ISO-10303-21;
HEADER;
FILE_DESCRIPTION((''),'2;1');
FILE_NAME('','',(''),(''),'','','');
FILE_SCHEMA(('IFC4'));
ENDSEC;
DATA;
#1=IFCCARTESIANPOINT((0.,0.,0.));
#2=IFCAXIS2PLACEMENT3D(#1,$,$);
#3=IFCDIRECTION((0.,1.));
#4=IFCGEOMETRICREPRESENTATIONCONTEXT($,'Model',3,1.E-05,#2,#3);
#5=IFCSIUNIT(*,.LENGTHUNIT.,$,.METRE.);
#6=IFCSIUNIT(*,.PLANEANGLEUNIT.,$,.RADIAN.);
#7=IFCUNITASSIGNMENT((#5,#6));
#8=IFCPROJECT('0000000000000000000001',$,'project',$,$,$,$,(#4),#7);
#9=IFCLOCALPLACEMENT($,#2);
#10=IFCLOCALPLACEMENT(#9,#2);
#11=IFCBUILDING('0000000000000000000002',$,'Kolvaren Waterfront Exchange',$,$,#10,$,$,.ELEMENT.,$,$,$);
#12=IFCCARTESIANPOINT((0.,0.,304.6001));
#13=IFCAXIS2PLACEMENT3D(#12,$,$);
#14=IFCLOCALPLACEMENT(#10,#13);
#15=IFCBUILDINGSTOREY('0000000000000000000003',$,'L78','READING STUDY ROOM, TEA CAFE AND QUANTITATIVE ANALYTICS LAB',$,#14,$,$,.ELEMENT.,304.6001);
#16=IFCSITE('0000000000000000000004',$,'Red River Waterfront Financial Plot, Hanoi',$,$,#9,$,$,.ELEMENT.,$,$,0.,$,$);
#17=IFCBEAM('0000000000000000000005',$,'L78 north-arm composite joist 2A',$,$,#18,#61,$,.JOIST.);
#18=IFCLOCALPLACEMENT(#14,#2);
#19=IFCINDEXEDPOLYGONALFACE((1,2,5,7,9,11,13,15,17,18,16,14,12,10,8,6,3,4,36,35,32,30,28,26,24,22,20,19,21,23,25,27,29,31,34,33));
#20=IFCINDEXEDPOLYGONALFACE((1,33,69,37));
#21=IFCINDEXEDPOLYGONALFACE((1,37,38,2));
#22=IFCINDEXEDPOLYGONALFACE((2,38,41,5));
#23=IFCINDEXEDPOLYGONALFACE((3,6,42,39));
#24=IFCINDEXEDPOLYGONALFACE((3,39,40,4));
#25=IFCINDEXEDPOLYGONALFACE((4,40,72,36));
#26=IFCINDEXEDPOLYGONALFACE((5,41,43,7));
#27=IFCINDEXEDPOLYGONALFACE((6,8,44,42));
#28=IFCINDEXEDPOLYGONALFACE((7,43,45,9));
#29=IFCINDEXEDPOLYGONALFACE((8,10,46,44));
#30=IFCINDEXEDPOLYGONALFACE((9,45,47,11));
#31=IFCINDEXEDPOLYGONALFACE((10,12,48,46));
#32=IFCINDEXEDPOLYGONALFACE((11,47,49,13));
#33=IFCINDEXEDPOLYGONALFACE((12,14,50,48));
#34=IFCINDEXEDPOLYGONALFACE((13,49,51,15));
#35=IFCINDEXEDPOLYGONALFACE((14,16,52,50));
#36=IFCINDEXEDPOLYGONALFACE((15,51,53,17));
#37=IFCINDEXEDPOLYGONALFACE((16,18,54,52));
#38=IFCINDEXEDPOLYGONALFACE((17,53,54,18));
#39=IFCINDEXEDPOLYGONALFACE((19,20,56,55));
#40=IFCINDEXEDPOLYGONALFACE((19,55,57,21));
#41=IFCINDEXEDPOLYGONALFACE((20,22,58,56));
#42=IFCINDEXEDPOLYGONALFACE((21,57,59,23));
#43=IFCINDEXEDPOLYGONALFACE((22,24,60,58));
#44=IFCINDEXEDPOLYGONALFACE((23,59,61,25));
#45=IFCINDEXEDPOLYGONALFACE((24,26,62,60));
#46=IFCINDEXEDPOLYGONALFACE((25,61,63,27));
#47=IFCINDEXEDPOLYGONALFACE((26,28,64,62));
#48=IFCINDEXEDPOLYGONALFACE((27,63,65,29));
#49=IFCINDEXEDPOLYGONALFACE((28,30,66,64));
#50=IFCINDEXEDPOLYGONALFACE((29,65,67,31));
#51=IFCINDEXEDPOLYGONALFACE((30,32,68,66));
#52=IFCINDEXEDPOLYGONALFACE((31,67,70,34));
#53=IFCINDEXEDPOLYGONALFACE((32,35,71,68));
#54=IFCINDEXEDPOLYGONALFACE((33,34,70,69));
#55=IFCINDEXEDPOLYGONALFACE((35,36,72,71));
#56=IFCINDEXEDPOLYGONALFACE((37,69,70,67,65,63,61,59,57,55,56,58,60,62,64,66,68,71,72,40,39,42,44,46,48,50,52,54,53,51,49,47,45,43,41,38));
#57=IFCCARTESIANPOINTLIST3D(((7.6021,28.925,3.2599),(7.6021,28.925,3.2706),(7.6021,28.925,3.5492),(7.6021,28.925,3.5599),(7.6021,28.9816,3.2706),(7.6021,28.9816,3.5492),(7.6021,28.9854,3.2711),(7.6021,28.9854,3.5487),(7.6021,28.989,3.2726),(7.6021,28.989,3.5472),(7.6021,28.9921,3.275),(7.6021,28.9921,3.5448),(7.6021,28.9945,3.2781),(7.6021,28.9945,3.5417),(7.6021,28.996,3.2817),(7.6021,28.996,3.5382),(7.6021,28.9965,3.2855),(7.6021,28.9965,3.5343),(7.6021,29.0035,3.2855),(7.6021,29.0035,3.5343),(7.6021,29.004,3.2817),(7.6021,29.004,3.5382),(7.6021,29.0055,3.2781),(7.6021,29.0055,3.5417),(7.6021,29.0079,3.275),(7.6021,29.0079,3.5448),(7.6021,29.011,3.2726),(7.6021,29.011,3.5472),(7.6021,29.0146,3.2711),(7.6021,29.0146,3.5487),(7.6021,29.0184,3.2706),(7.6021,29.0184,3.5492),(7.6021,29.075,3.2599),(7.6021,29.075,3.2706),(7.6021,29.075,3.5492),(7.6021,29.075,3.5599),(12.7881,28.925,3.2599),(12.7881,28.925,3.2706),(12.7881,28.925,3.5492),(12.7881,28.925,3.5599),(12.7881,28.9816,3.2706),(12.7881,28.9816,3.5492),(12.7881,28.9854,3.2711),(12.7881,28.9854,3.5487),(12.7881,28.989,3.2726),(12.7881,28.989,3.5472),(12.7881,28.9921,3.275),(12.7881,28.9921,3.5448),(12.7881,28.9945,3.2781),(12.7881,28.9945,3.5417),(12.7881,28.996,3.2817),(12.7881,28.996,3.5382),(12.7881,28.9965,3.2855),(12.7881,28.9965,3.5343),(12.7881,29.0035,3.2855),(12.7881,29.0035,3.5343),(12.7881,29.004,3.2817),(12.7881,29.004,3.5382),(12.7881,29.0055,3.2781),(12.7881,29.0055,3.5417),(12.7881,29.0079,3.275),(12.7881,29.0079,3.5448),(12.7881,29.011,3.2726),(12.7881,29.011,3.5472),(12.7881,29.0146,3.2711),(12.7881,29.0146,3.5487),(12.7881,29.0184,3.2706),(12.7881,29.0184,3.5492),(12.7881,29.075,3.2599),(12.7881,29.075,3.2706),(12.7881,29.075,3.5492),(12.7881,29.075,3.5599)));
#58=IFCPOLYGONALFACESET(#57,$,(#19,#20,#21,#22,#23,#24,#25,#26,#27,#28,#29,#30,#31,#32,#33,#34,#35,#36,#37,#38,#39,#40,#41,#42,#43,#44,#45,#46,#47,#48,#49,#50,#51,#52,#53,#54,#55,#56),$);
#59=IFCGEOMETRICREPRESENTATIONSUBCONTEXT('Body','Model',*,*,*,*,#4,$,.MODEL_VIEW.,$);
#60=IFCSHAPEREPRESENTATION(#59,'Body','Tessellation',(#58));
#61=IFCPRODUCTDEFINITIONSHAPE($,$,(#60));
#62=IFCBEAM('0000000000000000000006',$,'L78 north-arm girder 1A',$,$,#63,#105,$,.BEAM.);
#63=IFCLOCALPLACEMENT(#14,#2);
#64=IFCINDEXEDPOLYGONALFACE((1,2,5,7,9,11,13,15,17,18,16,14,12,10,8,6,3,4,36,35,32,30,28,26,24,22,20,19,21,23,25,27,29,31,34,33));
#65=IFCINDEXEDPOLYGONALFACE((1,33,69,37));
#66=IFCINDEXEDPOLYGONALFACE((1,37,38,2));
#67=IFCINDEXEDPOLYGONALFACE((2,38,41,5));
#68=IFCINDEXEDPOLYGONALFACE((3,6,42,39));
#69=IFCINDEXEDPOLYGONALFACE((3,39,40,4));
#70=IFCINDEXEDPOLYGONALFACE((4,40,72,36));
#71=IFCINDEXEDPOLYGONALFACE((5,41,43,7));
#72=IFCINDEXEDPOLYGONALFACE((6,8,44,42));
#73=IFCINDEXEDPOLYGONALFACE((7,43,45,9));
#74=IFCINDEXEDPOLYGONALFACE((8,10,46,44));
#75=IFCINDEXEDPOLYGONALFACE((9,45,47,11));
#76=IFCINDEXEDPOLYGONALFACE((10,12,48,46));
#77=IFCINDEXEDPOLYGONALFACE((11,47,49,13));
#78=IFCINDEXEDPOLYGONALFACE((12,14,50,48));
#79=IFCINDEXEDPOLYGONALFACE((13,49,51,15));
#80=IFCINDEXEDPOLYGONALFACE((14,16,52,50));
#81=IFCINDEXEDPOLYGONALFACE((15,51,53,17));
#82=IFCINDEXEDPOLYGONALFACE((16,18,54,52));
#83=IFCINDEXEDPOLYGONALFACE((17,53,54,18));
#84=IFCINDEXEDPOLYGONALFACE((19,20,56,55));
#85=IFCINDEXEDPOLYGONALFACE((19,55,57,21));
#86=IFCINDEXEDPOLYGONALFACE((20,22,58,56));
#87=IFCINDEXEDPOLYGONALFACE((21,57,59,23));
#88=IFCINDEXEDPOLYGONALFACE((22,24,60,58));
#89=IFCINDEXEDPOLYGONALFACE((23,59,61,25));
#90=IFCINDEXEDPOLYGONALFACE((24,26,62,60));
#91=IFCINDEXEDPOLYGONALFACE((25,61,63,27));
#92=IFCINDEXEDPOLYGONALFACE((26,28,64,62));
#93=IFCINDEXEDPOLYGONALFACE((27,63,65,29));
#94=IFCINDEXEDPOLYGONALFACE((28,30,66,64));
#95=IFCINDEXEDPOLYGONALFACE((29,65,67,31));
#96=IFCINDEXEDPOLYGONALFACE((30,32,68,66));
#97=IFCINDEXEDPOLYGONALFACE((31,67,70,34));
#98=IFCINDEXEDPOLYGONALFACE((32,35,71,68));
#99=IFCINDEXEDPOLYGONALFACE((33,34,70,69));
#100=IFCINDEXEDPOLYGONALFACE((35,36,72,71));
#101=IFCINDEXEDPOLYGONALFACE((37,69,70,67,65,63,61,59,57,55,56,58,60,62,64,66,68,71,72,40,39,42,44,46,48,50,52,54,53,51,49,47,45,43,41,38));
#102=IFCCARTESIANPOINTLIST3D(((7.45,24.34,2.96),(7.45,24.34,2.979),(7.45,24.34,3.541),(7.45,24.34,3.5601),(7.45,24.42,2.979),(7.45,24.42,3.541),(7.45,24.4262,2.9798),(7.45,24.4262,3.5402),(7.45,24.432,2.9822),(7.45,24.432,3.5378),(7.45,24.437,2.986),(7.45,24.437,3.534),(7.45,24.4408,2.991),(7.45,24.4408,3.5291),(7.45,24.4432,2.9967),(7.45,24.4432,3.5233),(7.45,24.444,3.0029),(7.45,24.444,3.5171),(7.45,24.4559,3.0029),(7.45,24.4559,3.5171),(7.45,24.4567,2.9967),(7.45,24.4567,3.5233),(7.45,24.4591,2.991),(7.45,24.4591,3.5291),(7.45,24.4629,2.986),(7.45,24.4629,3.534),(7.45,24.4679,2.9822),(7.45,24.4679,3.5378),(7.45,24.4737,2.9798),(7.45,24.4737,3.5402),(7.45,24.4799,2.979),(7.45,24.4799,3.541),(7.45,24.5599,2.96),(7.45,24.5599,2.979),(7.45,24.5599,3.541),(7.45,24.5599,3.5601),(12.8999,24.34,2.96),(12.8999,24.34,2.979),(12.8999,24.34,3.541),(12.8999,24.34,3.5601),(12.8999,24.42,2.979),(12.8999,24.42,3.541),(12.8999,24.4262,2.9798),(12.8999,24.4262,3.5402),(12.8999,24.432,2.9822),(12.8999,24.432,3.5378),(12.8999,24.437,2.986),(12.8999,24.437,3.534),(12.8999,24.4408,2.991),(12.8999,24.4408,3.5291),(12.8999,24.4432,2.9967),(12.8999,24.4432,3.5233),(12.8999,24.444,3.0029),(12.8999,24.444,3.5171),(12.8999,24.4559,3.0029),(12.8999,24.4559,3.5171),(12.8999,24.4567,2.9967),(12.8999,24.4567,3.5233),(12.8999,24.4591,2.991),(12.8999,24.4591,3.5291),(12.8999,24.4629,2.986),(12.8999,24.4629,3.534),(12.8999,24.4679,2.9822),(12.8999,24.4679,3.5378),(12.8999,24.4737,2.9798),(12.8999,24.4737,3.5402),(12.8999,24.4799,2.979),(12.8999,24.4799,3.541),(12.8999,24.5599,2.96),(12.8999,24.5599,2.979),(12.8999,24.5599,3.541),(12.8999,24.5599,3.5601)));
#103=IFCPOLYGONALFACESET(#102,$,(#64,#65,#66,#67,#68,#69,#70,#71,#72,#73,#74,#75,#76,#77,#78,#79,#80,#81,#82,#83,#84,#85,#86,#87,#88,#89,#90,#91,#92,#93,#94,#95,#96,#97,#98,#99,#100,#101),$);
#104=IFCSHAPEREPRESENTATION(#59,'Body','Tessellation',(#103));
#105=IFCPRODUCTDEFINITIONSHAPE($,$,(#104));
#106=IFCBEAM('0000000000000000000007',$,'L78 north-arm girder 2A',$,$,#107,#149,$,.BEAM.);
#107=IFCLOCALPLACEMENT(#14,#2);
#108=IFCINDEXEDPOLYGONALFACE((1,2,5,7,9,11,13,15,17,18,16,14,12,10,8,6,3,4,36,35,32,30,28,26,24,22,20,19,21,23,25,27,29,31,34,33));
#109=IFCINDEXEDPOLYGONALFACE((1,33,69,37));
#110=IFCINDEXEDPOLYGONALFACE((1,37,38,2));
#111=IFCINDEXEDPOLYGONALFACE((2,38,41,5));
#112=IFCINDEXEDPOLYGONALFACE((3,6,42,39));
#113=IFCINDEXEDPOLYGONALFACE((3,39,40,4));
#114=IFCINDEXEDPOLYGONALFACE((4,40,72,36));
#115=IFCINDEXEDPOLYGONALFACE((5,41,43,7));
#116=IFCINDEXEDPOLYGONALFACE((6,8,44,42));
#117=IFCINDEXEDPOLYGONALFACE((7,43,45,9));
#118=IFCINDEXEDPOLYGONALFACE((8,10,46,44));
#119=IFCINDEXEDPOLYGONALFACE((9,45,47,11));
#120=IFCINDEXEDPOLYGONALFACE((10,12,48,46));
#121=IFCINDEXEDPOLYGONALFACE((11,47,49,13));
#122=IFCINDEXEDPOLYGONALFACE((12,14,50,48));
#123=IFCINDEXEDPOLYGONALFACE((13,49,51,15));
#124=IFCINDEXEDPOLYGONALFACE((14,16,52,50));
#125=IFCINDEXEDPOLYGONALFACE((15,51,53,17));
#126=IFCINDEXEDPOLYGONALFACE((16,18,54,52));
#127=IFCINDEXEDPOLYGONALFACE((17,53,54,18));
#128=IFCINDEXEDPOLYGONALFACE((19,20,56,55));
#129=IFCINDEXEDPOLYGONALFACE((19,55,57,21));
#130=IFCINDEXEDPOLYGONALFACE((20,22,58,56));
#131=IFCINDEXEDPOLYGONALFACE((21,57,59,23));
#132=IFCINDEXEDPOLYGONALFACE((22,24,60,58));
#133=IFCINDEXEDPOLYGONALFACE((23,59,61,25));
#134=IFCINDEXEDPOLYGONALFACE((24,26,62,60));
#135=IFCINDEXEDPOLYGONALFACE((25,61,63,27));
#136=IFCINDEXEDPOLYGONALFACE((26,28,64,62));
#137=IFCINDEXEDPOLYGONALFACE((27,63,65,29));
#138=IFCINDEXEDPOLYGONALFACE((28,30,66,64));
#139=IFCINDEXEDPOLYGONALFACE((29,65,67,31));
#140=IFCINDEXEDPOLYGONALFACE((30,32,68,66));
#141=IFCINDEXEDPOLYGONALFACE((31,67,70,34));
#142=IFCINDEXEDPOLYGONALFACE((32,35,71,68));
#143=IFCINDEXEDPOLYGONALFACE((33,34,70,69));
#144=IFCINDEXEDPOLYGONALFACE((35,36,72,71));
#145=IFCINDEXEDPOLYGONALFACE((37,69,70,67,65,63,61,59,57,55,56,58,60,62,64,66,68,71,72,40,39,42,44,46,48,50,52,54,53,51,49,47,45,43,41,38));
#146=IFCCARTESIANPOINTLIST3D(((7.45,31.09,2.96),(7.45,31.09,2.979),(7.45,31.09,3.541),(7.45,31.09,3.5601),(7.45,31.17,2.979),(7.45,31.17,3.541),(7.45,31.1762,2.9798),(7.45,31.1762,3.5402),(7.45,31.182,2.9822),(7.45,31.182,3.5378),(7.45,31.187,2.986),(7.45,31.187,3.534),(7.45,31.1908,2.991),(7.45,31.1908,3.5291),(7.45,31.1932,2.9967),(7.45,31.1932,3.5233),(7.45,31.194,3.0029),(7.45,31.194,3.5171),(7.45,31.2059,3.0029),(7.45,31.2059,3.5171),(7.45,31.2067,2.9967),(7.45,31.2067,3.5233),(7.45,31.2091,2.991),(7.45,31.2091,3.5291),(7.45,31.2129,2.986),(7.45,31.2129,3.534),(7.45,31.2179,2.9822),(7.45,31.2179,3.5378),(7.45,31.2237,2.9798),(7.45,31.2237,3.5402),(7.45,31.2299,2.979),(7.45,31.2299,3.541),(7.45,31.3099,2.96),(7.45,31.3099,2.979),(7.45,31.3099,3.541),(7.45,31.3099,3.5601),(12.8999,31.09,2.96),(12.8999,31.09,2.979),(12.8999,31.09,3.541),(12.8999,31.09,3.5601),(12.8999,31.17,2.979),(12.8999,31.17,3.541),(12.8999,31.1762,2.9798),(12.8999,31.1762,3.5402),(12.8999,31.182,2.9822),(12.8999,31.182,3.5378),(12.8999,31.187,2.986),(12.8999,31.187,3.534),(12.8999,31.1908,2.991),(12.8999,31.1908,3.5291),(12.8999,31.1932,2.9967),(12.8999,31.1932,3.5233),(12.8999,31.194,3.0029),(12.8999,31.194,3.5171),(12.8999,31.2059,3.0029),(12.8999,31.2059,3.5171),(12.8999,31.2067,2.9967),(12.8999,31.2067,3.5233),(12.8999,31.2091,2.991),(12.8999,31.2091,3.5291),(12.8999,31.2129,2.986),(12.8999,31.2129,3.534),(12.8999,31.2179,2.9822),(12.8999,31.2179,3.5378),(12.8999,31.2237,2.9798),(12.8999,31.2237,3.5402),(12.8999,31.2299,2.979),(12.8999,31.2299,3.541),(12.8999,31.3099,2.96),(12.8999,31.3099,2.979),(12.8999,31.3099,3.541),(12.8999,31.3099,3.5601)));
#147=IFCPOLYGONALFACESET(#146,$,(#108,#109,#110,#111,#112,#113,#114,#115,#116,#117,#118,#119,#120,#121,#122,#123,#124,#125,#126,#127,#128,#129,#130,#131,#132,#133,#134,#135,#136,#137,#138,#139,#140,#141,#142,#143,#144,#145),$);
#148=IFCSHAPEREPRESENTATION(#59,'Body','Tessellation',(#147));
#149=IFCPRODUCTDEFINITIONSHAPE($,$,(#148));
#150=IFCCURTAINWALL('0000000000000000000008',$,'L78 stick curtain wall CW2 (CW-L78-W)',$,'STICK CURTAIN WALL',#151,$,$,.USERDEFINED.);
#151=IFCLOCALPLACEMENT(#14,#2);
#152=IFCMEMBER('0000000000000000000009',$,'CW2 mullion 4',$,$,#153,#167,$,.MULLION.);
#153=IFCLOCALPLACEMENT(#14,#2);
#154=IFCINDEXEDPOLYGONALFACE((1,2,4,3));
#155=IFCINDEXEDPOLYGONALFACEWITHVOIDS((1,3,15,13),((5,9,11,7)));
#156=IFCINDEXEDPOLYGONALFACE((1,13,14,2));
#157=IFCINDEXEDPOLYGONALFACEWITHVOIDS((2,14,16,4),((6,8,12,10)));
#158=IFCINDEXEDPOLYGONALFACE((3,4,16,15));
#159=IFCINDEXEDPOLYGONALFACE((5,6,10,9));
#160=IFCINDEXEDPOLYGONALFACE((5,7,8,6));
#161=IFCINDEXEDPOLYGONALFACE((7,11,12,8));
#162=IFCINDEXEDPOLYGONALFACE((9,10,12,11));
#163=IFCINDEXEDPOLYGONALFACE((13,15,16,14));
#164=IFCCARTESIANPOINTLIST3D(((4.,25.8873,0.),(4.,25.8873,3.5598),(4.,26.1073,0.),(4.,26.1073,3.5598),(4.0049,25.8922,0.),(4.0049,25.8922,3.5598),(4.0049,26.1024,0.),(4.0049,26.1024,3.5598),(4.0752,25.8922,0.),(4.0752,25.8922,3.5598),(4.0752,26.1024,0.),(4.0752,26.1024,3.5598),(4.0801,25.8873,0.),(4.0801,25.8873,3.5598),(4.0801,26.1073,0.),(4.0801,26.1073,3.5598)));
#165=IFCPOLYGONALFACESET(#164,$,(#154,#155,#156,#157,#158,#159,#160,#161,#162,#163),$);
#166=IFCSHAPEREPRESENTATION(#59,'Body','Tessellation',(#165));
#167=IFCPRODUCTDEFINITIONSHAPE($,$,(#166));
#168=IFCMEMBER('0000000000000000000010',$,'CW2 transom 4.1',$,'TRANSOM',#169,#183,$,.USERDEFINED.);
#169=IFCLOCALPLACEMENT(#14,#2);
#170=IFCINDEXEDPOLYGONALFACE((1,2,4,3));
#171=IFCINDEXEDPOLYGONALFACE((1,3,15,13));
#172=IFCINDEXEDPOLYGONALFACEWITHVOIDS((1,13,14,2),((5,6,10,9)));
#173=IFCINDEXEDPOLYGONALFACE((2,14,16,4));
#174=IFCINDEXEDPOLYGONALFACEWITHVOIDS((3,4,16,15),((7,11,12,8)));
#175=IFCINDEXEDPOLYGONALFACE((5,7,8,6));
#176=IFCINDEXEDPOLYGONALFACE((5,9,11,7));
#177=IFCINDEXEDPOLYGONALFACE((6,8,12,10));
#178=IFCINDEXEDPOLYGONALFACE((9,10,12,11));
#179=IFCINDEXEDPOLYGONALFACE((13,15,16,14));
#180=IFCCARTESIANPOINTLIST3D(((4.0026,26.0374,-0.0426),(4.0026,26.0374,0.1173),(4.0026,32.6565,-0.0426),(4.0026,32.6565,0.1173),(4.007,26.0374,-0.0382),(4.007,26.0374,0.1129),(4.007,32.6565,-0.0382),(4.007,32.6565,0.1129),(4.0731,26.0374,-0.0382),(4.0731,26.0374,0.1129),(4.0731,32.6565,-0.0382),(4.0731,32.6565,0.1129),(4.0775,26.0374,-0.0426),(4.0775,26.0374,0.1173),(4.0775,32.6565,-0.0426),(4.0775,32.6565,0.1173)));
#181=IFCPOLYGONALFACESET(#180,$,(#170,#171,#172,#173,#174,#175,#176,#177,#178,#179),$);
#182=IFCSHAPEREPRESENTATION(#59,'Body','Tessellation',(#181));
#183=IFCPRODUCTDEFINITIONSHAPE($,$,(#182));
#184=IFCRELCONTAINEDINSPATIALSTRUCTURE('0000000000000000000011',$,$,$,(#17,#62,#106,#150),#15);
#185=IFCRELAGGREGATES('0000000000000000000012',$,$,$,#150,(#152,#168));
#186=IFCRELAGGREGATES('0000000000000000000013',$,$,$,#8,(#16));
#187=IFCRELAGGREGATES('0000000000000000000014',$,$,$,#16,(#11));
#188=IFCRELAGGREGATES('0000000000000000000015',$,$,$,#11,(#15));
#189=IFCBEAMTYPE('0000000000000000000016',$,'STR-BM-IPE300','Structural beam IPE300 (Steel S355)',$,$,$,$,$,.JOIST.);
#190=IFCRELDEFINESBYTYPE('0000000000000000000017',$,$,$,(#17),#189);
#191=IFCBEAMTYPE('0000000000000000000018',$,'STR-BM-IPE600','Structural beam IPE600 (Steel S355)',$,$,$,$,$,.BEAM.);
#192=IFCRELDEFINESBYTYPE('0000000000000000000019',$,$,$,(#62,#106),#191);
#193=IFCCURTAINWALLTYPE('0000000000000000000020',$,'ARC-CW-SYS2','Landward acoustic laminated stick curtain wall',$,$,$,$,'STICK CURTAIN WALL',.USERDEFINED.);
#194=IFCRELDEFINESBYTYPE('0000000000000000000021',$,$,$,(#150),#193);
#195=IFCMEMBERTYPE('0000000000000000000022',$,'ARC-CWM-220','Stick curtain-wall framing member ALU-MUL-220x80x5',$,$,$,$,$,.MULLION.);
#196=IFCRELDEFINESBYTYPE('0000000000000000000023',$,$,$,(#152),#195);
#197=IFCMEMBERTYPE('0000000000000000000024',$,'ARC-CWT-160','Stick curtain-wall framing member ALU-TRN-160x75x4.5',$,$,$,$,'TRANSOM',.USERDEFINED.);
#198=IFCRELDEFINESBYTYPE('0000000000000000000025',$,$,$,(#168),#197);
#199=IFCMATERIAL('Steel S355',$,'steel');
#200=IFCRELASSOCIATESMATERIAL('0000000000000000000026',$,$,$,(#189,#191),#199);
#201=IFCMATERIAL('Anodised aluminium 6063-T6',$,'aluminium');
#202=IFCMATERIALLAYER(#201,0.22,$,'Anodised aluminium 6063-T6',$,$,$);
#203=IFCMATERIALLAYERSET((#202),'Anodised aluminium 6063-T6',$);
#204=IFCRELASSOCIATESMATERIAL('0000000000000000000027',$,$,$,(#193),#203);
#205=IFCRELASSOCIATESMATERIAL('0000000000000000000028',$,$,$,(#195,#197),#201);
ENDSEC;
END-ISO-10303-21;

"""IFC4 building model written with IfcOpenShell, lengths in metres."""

from ifc_helpers import new_model, si_unit, direction, frame, origin, origin_with_axes, origin_2d, place, context, subcontext, project, spatial, hollow_rectangle, i_section, extrude, source, transform, mapped, material, layer, layer_set, material_profile, profile_set, type_object, element, aggregate, save


model = new_model("IFC4")

# Units and contexts
model_context = context("Model", 3, precision=1e-05, world=origin(), true_north=direction((0.0, 1.0)))
body_context = subcontext(model_context, "Body", "Model", "MODEL_VIEW")
ifc_project = project(units=[si_unit("LENGTHUNIT", "METRE"), si_unit("PLANEANGLEUNIT", "RADIAN")], contexts=[model_context])

# Site, building, storey
site_placement = place(None, origin())
site = spatial("IfcSite", under=ifc_project, at=site_placement, Name="Red River Waterfront Financial Plot, Hanoi", CompositionType="ELEMENT", RefElevation=0.0)
building_placement = place(site_placement, origin())
building = spatial("IfcBuilding", under=site, at=building_placement, Name="Kolvaren Waterfront Exchange", CompositionType="ELEMENT")
storey_placement = place(building_placement, frame((0.0, 0.0, 304.6001)))
storey = spatial("IfcBuildingStorey", under=building, at=storey_placement, Name="L78", Description="READING STUDY ROOM, TEA CAFE AND QUANTITATIVE ANALYTICS LAB", CompositionType="ELEMENT", Elevation=304.6001)

# Beams
ifc_material_1 = material(Name="Steel S355", Category="steel")
ifc_material_profile_1 = material_profile(ifc_material_1, i_section(OverallWidth=0.1499, OverallDepth=0.3, WebThickness=0.0071, FlangeThickness=0.0107, FilletRadius=0.0149, at=origin_2d()), Name="IPE300")
ifc_profile_set_1 = profile_set([ifc_material_profile_1], Name="Steel S355")
beam_type_1 = type_object("IfcBeamType", Name="STR-BM-IPE300", Description="Structural beam IPE300 (Steel S355)", PredefinedType="JOIST", material=ifc_profile_set_1)
for number, where, z_axis, x_axis, name in (
    (1, (7.6021, 29.0, 3.4099), (1.0, 0.0, 0.0), (0.0, 1.0, 0.0), "L78 north-arm composite joist 2A"),
):
    element("IfcBeam", number, at=place(storey_placement, frame(where, z_axis=z_axis, x_axis=x_axis)), inside=storey, type_object=beam_type_1, Name=name, PredefinedType="JOIST", context=body_context, shape_type="SweptSolid", body=[
        extrude(i_section(OverallWidth=0.1499, OverallDepth=0.3, WebThickness=0.0071, FlangeThickness=0.0107, FilletRadius=0.0149, at=origin_2d()), origin(), (0.0, 0.0, 1.0), 5.186),
    ])
ifc_material_profile_2 = material_profile(ifc_material_1, i_section(OverallWidth=0.22, OverallDepth=0.6001, WebThickness=0.012, FlangeThickness=0.019, FilletRadius=0.0239, at=origin_2d()), Name="IPE600")
ifc_profile_set_2 = profile_set([ifc_material_profile_2], Name="Steel S355")
beam_type_2 = type_object("IfcBeamType", Name="STR-BM-IPE600", Description="Structural beam IPE600 (Steel S355)", PredefinedType="BEAM", material=ifc_profile_set_2)
for number, where, z_axis, x_axis, name in (
    (2, (7.45, 24.45, 3.26), (1.0, 0.0, 0.0), (0.0, 1.0, 0.0), "L78 north-arm girder 1A"),
    (3, (7.45, 31.2, 3.26), (1.0, 0.0, 0.0), (0.0, 1.0, 0.0), "L78 north-arm girder 2A"),
):
    element("IfcBeam", number, at=place(storey_placement, frame(where, z_axis=z_axis, x_axis=x_axis)), inside=storey, type_object=beam_type_2, Name=name, PredefinedType="BEAM", context=body_context, shape_type="SweptSolid", body=[
        extrude(i_section(OverallWidth=0.22, OverallDepth=0.6001, WebThickness=0.012, FlangeThickness=0.019, FilletRadius=0.0239, at=origin_2d()), origin(), (0.0, 0.0, 1.0), 5.45),
    ])

# Curtain wall, members
ifc_material_2 = material(Name="Anodised aluminium 6063-T6", Category="aluminium")
ifc_layer_1 = layer(ifc_material_2, 0.22, Name="Anodised aluminium 6063-T6")
ifc_layer_set_1 = layer_set([ifc_layer_1], Name="Anodised aluminium 6063-T6")
curtain_wall_type = type_object("IfcCurtainWallType", Name="ARC-CW-SYS2", Description="Landward acoustic laminated stick curtain wall", ElementType="STICK CURTAIN WALL", PredefinedType="USERDEFINED", material=ifc_layer_set_1)
curtain_wall_placement = place(storey_placement, origin())
curtain_wall = element("IfcCurtainWall", 4, at=curtain_wall_placement, inside=storey, type_object=curtain_wall_type, Name="L78 stick curtain wall CW2 (CW-L78-W)", ObjectType="STICK CURTAIN WALL", PredefinedType="USERDEFINED")
ifc_material_profile_3 = material_profile(ifc_material_2, hollow_rectangle(XDim=0.0801, YDim=0.22, WallThickness=0.0049, at=origin_2d()), Name="ALU-MUL-220x80x5")
ifc_profile_set_3 = profile_set([ifc_material_profile_3], Name="Anodised aluminium 6063-T6")
member_type_1 = type_object("IfcMemberType", Name="ARC-CWM-220", Description="Stick curtain-wall framing member ALU-MUL-220x80x5", PredefinedType="MULLION", material=ifc_profile_set_3)
shared_shape_1 = source(origin_with_axes(), body_context, "Body", "SweptSolid", [
    extrude(hollow_rectangle(XDim=0.0801, YDim=0.22, WallThickness=0.0049, at=origin_2d()), origin(), (0.0, 0.0, 1.0), 3.5598),
])
member_1_placement = place(storey_placement, frame((4.04, 25.9973, 0.0), z_axis=(0.0, 0.0, 1.0), x_axis=(-1.0, 0.0, 0.0)))
member_1 = element("IfcMember", 5, at=member_1_placement, type_object=member_type_1, Name="CW2 mullion 4", PredefinedType="MULLION", context=body_context, shape_type="MappedRepresentation", body=[
    mapped(shared_shape_1, transform((0.0, 0.0, 0.0), x_axis=(1.0, 0.0, 0.0), y_axis=(0.0, 1.0, 0.0), z_axis=(0.0, 0.0, 1.0), scale=1.0)),
])
ifc_material_profile_4 = material_profile(ifc_material_2, hollow_rectangle(XDim=0.075, YDim=0.1599, WallThickness=0.0044, at=origin_2d()), Name="ALU-TRN-160x75x4.5")
ifc_profile_set_4 = profile_set([ifc_material_profile_4], Name="Anodised aluminium 6063-T6")
member_type_2 = type_object("IfcMemberType", Name="ARC-CWT-160", Description="Stick curtain-wall framing member ALU-TRN-160x75x4.5", ElementType="TRANSOM", PredefinedType="USERDEFINED", material=ifc_profile_set_4)
shared_shape_2 = source(origin_with_axes(), body_context, "Body", "SweptSolid", [
    extrude(hollow_rectangle(XDim=0.075, YDim=0.1599, WallThickness=0.0044, at=origin_2d()), origin(), (0.0, 0.0, 1.0), 6.6191),
])
member_2_placement = place(storey_placement, frame((4.04, 26.0374, 0.0374), z_axis=(0.0, 1.0, 0.0), x_axis=(-1.0, 0.0, 0.0)))
member_2 = element("IfcMember", 6, at=member_2_placement, type_object=member_type_2, Name="CW2 transom 4.1", ObjectType="TRANSOM", PredefinedType="USERDEFINED", context=body_context, shape_type="MappedRepresentation", body=[
    mapped(shared_shape_2, transform((0.0, 0.0, 0.0), x_axis=(1.0, 0.0, 0.0), y_axis=(0.0, 1.0, 0.0), z_axis=(0.0, 0.0, 1.0), scale=1.0)),
])
aggregate(curtain_wall, [member_1, member_2])

save(model, "model.ifc")
